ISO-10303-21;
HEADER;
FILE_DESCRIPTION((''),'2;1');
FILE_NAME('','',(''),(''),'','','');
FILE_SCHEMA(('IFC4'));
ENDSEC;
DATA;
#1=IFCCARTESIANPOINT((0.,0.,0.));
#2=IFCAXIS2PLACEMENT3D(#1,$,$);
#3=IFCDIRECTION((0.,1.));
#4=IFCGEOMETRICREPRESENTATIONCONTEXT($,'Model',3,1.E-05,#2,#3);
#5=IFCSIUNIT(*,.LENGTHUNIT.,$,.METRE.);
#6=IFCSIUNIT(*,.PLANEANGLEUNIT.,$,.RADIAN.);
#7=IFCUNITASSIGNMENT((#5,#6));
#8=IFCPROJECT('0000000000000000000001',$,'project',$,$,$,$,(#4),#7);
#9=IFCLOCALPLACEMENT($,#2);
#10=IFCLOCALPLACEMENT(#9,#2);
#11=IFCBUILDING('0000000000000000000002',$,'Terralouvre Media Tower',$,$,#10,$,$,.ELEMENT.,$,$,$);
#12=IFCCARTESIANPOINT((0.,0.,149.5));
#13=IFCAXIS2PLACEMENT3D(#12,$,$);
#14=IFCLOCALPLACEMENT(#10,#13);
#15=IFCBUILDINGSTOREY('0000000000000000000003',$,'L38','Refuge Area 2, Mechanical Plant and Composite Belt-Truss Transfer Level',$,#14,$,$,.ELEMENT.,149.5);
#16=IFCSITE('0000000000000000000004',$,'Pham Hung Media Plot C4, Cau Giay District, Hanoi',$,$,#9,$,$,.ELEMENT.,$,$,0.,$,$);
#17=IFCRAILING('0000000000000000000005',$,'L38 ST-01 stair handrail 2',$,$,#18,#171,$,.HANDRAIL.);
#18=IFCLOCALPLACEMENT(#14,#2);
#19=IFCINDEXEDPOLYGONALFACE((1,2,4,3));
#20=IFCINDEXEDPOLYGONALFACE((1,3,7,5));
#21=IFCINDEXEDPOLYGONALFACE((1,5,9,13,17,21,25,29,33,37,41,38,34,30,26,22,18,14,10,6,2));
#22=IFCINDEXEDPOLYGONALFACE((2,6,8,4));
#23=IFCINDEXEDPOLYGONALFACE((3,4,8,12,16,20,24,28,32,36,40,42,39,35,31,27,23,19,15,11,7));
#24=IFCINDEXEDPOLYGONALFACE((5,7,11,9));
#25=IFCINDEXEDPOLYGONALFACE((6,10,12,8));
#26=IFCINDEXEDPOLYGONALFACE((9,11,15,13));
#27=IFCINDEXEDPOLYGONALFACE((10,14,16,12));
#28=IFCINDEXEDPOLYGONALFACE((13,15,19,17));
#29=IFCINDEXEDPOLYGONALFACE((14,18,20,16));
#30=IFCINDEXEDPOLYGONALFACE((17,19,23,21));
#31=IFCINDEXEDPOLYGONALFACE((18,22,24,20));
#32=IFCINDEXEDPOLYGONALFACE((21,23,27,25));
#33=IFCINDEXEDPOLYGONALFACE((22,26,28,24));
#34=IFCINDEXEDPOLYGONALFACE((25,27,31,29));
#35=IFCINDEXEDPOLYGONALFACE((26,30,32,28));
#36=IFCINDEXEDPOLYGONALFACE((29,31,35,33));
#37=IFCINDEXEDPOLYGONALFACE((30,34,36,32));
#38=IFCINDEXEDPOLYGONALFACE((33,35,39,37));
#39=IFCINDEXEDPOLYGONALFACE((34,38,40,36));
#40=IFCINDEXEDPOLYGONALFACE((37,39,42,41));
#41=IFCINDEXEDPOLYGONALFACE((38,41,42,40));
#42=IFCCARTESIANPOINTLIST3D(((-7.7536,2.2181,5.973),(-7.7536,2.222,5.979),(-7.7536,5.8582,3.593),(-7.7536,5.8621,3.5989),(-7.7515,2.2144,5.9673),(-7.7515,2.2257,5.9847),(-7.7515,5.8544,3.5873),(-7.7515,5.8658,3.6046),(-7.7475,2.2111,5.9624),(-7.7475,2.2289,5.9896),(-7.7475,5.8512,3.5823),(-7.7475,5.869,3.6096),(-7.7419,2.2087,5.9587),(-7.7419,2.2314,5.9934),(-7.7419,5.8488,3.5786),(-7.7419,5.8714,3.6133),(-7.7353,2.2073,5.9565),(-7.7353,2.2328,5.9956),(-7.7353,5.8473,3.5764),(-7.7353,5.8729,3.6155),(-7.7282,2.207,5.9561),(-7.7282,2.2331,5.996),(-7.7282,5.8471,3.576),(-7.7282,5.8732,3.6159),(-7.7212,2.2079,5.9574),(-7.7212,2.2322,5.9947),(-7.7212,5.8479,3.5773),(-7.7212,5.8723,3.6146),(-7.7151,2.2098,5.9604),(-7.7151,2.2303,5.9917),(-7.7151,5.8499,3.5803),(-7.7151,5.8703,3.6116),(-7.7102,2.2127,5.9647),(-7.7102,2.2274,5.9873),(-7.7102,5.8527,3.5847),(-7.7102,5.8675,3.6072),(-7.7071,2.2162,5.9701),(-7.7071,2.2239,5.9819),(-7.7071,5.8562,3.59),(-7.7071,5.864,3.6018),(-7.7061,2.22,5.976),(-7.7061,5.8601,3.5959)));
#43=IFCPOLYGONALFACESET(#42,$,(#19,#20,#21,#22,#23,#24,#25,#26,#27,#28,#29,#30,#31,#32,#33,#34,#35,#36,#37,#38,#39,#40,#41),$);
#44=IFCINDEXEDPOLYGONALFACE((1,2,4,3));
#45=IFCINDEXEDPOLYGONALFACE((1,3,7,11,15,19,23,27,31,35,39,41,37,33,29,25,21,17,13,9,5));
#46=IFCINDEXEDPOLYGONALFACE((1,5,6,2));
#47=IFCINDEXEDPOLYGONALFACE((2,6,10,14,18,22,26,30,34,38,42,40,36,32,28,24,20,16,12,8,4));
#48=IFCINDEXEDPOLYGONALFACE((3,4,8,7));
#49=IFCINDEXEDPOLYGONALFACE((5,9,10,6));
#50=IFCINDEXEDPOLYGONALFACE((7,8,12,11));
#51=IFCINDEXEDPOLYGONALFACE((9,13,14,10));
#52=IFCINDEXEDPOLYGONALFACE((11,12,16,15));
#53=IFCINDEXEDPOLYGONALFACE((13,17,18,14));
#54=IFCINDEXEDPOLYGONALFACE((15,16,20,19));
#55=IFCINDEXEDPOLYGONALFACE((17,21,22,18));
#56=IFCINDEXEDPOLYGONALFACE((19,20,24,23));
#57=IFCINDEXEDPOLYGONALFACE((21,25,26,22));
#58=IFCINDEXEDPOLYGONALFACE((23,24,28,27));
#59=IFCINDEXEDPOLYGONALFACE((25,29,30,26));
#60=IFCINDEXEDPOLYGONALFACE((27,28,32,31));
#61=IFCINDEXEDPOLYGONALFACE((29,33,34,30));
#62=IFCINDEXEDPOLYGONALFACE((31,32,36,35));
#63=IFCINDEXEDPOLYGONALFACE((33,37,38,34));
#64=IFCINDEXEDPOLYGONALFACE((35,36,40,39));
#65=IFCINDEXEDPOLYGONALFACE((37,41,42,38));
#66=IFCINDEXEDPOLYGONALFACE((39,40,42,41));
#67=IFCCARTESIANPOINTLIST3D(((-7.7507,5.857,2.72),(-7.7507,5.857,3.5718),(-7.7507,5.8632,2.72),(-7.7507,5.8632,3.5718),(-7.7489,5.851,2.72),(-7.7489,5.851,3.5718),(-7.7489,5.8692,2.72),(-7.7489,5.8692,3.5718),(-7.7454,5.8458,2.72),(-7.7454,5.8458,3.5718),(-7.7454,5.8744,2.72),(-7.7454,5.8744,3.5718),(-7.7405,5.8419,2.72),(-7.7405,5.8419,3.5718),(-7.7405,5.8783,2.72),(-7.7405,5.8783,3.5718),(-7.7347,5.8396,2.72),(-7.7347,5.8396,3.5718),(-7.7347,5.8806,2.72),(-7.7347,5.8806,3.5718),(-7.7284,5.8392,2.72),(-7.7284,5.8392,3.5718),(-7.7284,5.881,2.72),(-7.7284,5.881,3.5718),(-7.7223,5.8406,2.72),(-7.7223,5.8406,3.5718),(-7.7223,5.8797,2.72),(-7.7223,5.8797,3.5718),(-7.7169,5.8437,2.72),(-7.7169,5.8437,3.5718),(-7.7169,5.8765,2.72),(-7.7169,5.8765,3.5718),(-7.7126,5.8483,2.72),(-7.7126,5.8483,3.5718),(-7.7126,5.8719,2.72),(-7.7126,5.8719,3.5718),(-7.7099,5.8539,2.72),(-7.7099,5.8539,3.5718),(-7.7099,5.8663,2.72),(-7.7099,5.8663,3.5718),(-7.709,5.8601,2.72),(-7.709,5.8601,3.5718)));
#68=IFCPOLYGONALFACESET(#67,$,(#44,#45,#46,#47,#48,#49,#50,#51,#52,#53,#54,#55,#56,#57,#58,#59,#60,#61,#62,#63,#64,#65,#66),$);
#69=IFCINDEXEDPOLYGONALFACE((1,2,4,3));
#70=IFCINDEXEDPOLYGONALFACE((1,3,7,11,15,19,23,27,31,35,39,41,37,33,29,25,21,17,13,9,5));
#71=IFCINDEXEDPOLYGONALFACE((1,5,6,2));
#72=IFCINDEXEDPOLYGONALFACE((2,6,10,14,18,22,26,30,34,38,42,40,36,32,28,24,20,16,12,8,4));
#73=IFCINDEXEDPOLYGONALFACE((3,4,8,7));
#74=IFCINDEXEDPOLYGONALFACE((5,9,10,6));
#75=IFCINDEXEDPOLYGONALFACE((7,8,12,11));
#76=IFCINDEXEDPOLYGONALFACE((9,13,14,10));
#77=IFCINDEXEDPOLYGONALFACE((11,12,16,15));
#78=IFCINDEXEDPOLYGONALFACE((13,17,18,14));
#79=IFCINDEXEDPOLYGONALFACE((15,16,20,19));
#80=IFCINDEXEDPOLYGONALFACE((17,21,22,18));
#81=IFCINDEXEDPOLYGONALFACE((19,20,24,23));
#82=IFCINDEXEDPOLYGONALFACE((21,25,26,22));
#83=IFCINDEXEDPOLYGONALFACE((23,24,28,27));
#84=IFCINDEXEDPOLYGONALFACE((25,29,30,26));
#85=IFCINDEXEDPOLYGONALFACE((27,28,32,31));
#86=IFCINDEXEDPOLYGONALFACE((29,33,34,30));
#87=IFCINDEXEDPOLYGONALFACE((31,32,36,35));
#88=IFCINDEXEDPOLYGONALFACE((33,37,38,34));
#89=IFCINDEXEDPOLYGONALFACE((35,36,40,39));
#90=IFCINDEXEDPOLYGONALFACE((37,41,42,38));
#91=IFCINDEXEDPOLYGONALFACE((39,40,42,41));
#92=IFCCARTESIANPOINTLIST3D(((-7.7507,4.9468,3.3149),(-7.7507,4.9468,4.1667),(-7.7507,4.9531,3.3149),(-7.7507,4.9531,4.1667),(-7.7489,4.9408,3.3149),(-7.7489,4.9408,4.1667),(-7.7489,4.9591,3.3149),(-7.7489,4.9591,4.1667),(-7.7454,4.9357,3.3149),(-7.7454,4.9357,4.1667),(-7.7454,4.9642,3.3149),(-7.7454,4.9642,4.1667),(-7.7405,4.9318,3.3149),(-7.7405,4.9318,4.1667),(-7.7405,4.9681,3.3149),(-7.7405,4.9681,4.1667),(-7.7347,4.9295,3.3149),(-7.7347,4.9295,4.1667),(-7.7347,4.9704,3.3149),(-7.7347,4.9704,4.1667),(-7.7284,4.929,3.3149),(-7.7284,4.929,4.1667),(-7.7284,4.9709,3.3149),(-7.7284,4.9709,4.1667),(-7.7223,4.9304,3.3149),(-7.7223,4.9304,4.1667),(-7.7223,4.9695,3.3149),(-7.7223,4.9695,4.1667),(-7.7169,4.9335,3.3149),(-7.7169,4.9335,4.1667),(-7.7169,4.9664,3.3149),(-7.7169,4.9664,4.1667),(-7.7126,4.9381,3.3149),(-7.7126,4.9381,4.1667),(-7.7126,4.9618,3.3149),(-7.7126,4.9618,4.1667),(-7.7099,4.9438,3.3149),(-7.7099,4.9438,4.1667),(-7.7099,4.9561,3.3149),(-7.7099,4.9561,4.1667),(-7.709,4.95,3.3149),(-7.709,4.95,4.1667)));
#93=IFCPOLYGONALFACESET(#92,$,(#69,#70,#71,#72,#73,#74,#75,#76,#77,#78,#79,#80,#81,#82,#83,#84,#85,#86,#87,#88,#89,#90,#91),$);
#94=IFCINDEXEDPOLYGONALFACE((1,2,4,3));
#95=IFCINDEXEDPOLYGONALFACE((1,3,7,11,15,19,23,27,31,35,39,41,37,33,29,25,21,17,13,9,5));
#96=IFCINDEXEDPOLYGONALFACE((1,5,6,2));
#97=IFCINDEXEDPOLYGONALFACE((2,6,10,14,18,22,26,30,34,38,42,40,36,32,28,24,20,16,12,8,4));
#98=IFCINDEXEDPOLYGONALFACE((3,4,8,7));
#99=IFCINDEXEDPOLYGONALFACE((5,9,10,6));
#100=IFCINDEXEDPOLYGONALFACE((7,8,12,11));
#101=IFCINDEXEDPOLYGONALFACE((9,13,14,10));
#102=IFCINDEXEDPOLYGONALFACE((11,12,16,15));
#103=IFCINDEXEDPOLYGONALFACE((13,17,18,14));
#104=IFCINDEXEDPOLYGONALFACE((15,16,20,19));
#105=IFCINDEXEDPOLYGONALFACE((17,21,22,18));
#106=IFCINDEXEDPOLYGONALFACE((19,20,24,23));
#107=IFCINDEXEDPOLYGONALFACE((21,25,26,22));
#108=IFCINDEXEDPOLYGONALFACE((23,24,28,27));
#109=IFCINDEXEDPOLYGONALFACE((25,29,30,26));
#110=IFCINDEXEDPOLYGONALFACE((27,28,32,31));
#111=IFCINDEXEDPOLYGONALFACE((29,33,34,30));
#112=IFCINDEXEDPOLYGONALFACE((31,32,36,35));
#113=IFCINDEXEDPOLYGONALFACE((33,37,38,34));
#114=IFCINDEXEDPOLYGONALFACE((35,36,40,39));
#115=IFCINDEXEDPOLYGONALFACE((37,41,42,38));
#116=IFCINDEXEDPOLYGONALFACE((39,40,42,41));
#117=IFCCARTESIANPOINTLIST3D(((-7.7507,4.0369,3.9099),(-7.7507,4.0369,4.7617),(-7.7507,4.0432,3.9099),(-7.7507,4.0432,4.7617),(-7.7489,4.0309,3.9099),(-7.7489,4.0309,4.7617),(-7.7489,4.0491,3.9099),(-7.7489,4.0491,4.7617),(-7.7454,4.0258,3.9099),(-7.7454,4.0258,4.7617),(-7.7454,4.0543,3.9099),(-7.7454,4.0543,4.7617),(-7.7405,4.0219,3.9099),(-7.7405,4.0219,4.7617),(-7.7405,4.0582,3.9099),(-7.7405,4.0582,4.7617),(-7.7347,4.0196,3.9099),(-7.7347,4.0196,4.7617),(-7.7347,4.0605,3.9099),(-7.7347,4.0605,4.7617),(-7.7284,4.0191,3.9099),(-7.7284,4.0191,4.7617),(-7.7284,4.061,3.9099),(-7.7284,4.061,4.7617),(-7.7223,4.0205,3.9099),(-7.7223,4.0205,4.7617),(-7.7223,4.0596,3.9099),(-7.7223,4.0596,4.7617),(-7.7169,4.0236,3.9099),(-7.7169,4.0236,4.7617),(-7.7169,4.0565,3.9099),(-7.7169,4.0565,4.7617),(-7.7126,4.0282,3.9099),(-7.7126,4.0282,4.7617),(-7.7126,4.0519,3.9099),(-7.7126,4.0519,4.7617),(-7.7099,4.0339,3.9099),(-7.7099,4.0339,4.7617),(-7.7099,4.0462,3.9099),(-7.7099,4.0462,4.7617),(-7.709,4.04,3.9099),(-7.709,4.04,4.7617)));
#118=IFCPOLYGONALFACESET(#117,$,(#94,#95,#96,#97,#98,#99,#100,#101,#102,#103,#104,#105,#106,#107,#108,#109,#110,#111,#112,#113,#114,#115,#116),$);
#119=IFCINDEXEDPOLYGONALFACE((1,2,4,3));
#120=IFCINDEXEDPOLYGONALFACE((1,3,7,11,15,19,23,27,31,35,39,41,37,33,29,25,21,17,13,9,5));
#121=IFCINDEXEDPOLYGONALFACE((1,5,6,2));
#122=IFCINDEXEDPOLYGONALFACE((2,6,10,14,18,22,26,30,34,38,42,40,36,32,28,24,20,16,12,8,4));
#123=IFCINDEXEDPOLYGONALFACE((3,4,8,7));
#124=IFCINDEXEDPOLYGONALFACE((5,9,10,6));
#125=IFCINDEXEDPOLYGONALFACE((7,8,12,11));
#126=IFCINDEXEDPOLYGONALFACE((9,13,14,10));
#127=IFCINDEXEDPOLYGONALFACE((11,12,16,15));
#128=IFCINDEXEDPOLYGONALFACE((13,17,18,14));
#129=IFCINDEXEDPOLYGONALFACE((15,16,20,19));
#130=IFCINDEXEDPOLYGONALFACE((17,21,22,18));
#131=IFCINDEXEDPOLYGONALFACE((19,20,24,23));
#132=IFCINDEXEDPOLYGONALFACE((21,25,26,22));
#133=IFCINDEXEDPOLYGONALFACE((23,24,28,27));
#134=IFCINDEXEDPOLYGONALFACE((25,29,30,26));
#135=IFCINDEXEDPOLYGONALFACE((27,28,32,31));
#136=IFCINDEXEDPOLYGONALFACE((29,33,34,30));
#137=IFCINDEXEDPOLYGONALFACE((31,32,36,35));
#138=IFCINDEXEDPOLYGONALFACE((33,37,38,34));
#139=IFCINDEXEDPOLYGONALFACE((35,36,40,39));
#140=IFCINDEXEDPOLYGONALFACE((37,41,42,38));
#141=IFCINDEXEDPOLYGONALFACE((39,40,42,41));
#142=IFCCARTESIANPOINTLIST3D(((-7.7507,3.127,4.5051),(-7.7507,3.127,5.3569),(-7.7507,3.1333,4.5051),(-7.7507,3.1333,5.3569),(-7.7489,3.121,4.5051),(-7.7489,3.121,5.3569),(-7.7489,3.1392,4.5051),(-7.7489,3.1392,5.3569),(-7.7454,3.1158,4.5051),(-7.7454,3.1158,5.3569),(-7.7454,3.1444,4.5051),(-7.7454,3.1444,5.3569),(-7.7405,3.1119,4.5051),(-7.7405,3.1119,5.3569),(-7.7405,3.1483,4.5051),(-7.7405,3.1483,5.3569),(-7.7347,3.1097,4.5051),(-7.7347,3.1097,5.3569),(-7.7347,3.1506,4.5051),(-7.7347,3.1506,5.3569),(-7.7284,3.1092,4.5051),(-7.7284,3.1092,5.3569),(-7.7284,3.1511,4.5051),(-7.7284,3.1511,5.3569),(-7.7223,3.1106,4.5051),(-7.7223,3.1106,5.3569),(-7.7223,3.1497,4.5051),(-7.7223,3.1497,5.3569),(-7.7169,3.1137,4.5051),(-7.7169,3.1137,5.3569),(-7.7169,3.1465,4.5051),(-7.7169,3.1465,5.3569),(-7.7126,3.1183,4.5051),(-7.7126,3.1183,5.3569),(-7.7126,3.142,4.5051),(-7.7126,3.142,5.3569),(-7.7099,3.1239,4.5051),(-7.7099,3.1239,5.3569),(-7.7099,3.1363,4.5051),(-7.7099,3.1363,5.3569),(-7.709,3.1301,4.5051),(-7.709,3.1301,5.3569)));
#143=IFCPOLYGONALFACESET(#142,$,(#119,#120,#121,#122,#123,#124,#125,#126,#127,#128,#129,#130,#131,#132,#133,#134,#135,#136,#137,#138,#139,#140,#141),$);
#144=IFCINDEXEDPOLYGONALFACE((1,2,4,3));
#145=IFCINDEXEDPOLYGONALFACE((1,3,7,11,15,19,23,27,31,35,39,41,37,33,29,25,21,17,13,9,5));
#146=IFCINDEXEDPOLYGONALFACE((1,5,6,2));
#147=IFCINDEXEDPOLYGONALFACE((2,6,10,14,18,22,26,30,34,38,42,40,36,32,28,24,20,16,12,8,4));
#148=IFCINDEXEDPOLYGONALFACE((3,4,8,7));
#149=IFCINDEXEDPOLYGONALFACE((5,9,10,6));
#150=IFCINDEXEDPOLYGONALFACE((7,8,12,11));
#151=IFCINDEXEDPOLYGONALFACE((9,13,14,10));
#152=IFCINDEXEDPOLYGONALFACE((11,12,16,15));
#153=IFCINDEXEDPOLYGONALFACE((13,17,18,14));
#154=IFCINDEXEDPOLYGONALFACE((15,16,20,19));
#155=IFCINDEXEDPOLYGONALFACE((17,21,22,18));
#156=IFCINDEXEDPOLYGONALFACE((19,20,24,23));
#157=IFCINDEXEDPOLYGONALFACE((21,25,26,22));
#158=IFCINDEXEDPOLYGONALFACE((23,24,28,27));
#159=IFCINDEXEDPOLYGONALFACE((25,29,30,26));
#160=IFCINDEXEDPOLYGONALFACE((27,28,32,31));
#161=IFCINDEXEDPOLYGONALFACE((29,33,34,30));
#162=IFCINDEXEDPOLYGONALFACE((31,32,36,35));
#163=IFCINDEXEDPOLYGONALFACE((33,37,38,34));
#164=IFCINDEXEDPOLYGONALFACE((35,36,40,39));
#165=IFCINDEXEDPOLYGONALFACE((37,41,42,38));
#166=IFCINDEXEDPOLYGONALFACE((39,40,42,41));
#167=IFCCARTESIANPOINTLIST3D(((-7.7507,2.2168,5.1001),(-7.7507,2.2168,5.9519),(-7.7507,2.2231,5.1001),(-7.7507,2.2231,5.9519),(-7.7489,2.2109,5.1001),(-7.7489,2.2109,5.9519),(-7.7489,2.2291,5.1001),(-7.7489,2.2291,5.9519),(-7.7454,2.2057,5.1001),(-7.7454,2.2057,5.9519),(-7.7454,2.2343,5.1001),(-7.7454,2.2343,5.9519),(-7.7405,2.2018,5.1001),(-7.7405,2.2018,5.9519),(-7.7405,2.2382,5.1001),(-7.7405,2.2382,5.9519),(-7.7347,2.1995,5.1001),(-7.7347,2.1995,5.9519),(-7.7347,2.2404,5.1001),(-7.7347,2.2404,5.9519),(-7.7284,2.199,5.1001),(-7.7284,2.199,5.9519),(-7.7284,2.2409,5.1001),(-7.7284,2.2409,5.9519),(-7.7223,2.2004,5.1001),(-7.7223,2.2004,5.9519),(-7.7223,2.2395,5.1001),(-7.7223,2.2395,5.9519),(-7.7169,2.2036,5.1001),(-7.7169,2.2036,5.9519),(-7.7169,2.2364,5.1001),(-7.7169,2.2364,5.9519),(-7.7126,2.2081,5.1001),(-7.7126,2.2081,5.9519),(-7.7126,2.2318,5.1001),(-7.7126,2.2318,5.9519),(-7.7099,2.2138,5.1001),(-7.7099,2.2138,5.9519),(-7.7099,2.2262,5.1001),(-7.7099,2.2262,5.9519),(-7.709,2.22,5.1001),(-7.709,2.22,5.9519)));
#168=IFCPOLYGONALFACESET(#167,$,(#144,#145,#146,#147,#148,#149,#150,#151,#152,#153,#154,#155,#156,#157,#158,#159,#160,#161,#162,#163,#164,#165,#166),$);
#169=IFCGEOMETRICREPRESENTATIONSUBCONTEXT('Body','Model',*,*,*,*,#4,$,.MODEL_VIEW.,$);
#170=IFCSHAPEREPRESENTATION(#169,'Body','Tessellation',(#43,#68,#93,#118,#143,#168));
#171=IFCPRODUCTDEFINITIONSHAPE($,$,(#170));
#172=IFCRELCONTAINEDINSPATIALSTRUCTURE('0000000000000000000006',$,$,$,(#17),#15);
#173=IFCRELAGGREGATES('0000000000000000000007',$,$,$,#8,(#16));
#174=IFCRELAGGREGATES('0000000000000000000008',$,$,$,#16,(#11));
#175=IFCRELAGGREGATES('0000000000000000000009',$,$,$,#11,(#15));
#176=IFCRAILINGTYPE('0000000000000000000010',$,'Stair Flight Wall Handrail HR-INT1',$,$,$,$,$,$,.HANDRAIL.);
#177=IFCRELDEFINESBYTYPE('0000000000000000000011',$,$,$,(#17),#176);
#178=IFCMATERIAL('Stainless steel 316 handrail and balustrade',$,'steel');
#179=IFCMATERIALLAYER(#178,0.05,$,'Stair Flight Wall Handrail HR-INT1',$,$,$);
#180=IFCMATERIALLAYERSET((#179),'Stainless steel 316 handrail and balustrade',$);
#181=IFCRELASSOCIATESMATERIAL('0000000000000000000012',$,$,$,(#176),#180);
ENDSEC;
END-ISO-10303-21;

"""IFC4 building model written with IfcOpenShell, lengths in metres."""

from ifc_helpers import new_model, si_unit, direction, frame, origin, origin_2d, place, context, subcontext, project, spatial, circle, extrude, material, layer, layer_set, type_object, element, save


model = new_model("IFC4")

# Units and contexts
model_context = context("Model", 3, precision=1e-05, world=origin(), true_north=direction((0.0, 1.0)))
body_context = subcontext(model_context, "Body", "Model", "MODEL_VIEW")
ifc_project = project(units=[si_unit("LENGTHUNIT", "METRE"), si_unit("PLANEANGLEUNIT", "RADIAN")], contexts=[model_context])

# Site, building, storey
site_placement = place(None, origin())
site = spatial("IfcSite", under=ifc_project, at=site_placement, Name="Pham Hung Media Plot C4, Cau Giay District, Hanoi", CompositionType="ELEMENT", RefElevation=0.0)
building_placement = place(site_placement, origin())
building = spatial("IfcBuilding", under=site, at=building_placement, Name="Terralouvre Media Tower", CompositionType="ELEMENT")
storey_placement = place(building_placement, frame((0.0, 0.0, 149.5)))
storey = spatial("IfcBuildingStorey", under=building, at=storey_placement, Name="L38", Description="Refuge Area 2, Mechanical Plant and Composite Belt-Truss Transfer Level", CompositionType="ELEMENT", Elevation=149.5)

# Railing
ifc_material_1 = material(Name="Stainless steel 316 handrail and balustrade", Category="steel")
ifc_layer_1 = layer(ifc_material_1, 0.05, Name="Stair Flight Wall Handrail HR-INT1")
ifc_layer_set_1 = layer_set([ifc_layer_1], Name="Stainless steel 316 handrail and balustrade")
railing_type_1 = type_object("IfcRailingType", Name="Stair Flight Wall Handrail HR-INT1", PredefinedType="HANDRAIL", material=ifc_layer_set_1)
railing_1_placement = place(storey_placement, frame((-7.73, 5.8601, 2.72)))
element("IfcRailing", 1, at=railing_1_placement, inside=storey, type_object=railing_type_1, Name="L38 ST-01 stair handrail 2", PredefinedType="HANDRAIL", context=body_context, shape_type="SweptSolid", body=[
    extrude(circle(Radius=0.0239, at=origin_2d()), frame((0.0, 0.0, 0.876), z_axis=(0.0, -0.836966, 0.547255), x_axis=(1.0, 0.0, 0.0)), (0.0, 0.0, 1.0), 4.3491),
    extrude(circle(Radius=0.021, at=origin_2d()), origin(), (0.0, 0.0, 1.0), 0.8518),
    extrude(circle(Radius=0.021, at=origin_2d()), frame((0.0, -0.9102, 0.595)), (0.0, 0.0, 1.0), 0.8518),
    extrude(circle(Radius=0.021, at=origin_2d()), frame((0.0, -1.8201, 1.1899)), (0.0, 0.0, 1.0), 0.8518),
    extrude(circle(Radius=0.021, at=origin_2d()), frame((0.0, -2.73, 1.7852)), (0.0, 0.0, 1.0), 0.8518),
    extrude(circle(Radius=0.021, at=origin_2d()), frame((0.0, -3.6401, 2.3801)), (0.0, 0.0, 1.0), 0.8518),
])

save(model, "model.ifc")
